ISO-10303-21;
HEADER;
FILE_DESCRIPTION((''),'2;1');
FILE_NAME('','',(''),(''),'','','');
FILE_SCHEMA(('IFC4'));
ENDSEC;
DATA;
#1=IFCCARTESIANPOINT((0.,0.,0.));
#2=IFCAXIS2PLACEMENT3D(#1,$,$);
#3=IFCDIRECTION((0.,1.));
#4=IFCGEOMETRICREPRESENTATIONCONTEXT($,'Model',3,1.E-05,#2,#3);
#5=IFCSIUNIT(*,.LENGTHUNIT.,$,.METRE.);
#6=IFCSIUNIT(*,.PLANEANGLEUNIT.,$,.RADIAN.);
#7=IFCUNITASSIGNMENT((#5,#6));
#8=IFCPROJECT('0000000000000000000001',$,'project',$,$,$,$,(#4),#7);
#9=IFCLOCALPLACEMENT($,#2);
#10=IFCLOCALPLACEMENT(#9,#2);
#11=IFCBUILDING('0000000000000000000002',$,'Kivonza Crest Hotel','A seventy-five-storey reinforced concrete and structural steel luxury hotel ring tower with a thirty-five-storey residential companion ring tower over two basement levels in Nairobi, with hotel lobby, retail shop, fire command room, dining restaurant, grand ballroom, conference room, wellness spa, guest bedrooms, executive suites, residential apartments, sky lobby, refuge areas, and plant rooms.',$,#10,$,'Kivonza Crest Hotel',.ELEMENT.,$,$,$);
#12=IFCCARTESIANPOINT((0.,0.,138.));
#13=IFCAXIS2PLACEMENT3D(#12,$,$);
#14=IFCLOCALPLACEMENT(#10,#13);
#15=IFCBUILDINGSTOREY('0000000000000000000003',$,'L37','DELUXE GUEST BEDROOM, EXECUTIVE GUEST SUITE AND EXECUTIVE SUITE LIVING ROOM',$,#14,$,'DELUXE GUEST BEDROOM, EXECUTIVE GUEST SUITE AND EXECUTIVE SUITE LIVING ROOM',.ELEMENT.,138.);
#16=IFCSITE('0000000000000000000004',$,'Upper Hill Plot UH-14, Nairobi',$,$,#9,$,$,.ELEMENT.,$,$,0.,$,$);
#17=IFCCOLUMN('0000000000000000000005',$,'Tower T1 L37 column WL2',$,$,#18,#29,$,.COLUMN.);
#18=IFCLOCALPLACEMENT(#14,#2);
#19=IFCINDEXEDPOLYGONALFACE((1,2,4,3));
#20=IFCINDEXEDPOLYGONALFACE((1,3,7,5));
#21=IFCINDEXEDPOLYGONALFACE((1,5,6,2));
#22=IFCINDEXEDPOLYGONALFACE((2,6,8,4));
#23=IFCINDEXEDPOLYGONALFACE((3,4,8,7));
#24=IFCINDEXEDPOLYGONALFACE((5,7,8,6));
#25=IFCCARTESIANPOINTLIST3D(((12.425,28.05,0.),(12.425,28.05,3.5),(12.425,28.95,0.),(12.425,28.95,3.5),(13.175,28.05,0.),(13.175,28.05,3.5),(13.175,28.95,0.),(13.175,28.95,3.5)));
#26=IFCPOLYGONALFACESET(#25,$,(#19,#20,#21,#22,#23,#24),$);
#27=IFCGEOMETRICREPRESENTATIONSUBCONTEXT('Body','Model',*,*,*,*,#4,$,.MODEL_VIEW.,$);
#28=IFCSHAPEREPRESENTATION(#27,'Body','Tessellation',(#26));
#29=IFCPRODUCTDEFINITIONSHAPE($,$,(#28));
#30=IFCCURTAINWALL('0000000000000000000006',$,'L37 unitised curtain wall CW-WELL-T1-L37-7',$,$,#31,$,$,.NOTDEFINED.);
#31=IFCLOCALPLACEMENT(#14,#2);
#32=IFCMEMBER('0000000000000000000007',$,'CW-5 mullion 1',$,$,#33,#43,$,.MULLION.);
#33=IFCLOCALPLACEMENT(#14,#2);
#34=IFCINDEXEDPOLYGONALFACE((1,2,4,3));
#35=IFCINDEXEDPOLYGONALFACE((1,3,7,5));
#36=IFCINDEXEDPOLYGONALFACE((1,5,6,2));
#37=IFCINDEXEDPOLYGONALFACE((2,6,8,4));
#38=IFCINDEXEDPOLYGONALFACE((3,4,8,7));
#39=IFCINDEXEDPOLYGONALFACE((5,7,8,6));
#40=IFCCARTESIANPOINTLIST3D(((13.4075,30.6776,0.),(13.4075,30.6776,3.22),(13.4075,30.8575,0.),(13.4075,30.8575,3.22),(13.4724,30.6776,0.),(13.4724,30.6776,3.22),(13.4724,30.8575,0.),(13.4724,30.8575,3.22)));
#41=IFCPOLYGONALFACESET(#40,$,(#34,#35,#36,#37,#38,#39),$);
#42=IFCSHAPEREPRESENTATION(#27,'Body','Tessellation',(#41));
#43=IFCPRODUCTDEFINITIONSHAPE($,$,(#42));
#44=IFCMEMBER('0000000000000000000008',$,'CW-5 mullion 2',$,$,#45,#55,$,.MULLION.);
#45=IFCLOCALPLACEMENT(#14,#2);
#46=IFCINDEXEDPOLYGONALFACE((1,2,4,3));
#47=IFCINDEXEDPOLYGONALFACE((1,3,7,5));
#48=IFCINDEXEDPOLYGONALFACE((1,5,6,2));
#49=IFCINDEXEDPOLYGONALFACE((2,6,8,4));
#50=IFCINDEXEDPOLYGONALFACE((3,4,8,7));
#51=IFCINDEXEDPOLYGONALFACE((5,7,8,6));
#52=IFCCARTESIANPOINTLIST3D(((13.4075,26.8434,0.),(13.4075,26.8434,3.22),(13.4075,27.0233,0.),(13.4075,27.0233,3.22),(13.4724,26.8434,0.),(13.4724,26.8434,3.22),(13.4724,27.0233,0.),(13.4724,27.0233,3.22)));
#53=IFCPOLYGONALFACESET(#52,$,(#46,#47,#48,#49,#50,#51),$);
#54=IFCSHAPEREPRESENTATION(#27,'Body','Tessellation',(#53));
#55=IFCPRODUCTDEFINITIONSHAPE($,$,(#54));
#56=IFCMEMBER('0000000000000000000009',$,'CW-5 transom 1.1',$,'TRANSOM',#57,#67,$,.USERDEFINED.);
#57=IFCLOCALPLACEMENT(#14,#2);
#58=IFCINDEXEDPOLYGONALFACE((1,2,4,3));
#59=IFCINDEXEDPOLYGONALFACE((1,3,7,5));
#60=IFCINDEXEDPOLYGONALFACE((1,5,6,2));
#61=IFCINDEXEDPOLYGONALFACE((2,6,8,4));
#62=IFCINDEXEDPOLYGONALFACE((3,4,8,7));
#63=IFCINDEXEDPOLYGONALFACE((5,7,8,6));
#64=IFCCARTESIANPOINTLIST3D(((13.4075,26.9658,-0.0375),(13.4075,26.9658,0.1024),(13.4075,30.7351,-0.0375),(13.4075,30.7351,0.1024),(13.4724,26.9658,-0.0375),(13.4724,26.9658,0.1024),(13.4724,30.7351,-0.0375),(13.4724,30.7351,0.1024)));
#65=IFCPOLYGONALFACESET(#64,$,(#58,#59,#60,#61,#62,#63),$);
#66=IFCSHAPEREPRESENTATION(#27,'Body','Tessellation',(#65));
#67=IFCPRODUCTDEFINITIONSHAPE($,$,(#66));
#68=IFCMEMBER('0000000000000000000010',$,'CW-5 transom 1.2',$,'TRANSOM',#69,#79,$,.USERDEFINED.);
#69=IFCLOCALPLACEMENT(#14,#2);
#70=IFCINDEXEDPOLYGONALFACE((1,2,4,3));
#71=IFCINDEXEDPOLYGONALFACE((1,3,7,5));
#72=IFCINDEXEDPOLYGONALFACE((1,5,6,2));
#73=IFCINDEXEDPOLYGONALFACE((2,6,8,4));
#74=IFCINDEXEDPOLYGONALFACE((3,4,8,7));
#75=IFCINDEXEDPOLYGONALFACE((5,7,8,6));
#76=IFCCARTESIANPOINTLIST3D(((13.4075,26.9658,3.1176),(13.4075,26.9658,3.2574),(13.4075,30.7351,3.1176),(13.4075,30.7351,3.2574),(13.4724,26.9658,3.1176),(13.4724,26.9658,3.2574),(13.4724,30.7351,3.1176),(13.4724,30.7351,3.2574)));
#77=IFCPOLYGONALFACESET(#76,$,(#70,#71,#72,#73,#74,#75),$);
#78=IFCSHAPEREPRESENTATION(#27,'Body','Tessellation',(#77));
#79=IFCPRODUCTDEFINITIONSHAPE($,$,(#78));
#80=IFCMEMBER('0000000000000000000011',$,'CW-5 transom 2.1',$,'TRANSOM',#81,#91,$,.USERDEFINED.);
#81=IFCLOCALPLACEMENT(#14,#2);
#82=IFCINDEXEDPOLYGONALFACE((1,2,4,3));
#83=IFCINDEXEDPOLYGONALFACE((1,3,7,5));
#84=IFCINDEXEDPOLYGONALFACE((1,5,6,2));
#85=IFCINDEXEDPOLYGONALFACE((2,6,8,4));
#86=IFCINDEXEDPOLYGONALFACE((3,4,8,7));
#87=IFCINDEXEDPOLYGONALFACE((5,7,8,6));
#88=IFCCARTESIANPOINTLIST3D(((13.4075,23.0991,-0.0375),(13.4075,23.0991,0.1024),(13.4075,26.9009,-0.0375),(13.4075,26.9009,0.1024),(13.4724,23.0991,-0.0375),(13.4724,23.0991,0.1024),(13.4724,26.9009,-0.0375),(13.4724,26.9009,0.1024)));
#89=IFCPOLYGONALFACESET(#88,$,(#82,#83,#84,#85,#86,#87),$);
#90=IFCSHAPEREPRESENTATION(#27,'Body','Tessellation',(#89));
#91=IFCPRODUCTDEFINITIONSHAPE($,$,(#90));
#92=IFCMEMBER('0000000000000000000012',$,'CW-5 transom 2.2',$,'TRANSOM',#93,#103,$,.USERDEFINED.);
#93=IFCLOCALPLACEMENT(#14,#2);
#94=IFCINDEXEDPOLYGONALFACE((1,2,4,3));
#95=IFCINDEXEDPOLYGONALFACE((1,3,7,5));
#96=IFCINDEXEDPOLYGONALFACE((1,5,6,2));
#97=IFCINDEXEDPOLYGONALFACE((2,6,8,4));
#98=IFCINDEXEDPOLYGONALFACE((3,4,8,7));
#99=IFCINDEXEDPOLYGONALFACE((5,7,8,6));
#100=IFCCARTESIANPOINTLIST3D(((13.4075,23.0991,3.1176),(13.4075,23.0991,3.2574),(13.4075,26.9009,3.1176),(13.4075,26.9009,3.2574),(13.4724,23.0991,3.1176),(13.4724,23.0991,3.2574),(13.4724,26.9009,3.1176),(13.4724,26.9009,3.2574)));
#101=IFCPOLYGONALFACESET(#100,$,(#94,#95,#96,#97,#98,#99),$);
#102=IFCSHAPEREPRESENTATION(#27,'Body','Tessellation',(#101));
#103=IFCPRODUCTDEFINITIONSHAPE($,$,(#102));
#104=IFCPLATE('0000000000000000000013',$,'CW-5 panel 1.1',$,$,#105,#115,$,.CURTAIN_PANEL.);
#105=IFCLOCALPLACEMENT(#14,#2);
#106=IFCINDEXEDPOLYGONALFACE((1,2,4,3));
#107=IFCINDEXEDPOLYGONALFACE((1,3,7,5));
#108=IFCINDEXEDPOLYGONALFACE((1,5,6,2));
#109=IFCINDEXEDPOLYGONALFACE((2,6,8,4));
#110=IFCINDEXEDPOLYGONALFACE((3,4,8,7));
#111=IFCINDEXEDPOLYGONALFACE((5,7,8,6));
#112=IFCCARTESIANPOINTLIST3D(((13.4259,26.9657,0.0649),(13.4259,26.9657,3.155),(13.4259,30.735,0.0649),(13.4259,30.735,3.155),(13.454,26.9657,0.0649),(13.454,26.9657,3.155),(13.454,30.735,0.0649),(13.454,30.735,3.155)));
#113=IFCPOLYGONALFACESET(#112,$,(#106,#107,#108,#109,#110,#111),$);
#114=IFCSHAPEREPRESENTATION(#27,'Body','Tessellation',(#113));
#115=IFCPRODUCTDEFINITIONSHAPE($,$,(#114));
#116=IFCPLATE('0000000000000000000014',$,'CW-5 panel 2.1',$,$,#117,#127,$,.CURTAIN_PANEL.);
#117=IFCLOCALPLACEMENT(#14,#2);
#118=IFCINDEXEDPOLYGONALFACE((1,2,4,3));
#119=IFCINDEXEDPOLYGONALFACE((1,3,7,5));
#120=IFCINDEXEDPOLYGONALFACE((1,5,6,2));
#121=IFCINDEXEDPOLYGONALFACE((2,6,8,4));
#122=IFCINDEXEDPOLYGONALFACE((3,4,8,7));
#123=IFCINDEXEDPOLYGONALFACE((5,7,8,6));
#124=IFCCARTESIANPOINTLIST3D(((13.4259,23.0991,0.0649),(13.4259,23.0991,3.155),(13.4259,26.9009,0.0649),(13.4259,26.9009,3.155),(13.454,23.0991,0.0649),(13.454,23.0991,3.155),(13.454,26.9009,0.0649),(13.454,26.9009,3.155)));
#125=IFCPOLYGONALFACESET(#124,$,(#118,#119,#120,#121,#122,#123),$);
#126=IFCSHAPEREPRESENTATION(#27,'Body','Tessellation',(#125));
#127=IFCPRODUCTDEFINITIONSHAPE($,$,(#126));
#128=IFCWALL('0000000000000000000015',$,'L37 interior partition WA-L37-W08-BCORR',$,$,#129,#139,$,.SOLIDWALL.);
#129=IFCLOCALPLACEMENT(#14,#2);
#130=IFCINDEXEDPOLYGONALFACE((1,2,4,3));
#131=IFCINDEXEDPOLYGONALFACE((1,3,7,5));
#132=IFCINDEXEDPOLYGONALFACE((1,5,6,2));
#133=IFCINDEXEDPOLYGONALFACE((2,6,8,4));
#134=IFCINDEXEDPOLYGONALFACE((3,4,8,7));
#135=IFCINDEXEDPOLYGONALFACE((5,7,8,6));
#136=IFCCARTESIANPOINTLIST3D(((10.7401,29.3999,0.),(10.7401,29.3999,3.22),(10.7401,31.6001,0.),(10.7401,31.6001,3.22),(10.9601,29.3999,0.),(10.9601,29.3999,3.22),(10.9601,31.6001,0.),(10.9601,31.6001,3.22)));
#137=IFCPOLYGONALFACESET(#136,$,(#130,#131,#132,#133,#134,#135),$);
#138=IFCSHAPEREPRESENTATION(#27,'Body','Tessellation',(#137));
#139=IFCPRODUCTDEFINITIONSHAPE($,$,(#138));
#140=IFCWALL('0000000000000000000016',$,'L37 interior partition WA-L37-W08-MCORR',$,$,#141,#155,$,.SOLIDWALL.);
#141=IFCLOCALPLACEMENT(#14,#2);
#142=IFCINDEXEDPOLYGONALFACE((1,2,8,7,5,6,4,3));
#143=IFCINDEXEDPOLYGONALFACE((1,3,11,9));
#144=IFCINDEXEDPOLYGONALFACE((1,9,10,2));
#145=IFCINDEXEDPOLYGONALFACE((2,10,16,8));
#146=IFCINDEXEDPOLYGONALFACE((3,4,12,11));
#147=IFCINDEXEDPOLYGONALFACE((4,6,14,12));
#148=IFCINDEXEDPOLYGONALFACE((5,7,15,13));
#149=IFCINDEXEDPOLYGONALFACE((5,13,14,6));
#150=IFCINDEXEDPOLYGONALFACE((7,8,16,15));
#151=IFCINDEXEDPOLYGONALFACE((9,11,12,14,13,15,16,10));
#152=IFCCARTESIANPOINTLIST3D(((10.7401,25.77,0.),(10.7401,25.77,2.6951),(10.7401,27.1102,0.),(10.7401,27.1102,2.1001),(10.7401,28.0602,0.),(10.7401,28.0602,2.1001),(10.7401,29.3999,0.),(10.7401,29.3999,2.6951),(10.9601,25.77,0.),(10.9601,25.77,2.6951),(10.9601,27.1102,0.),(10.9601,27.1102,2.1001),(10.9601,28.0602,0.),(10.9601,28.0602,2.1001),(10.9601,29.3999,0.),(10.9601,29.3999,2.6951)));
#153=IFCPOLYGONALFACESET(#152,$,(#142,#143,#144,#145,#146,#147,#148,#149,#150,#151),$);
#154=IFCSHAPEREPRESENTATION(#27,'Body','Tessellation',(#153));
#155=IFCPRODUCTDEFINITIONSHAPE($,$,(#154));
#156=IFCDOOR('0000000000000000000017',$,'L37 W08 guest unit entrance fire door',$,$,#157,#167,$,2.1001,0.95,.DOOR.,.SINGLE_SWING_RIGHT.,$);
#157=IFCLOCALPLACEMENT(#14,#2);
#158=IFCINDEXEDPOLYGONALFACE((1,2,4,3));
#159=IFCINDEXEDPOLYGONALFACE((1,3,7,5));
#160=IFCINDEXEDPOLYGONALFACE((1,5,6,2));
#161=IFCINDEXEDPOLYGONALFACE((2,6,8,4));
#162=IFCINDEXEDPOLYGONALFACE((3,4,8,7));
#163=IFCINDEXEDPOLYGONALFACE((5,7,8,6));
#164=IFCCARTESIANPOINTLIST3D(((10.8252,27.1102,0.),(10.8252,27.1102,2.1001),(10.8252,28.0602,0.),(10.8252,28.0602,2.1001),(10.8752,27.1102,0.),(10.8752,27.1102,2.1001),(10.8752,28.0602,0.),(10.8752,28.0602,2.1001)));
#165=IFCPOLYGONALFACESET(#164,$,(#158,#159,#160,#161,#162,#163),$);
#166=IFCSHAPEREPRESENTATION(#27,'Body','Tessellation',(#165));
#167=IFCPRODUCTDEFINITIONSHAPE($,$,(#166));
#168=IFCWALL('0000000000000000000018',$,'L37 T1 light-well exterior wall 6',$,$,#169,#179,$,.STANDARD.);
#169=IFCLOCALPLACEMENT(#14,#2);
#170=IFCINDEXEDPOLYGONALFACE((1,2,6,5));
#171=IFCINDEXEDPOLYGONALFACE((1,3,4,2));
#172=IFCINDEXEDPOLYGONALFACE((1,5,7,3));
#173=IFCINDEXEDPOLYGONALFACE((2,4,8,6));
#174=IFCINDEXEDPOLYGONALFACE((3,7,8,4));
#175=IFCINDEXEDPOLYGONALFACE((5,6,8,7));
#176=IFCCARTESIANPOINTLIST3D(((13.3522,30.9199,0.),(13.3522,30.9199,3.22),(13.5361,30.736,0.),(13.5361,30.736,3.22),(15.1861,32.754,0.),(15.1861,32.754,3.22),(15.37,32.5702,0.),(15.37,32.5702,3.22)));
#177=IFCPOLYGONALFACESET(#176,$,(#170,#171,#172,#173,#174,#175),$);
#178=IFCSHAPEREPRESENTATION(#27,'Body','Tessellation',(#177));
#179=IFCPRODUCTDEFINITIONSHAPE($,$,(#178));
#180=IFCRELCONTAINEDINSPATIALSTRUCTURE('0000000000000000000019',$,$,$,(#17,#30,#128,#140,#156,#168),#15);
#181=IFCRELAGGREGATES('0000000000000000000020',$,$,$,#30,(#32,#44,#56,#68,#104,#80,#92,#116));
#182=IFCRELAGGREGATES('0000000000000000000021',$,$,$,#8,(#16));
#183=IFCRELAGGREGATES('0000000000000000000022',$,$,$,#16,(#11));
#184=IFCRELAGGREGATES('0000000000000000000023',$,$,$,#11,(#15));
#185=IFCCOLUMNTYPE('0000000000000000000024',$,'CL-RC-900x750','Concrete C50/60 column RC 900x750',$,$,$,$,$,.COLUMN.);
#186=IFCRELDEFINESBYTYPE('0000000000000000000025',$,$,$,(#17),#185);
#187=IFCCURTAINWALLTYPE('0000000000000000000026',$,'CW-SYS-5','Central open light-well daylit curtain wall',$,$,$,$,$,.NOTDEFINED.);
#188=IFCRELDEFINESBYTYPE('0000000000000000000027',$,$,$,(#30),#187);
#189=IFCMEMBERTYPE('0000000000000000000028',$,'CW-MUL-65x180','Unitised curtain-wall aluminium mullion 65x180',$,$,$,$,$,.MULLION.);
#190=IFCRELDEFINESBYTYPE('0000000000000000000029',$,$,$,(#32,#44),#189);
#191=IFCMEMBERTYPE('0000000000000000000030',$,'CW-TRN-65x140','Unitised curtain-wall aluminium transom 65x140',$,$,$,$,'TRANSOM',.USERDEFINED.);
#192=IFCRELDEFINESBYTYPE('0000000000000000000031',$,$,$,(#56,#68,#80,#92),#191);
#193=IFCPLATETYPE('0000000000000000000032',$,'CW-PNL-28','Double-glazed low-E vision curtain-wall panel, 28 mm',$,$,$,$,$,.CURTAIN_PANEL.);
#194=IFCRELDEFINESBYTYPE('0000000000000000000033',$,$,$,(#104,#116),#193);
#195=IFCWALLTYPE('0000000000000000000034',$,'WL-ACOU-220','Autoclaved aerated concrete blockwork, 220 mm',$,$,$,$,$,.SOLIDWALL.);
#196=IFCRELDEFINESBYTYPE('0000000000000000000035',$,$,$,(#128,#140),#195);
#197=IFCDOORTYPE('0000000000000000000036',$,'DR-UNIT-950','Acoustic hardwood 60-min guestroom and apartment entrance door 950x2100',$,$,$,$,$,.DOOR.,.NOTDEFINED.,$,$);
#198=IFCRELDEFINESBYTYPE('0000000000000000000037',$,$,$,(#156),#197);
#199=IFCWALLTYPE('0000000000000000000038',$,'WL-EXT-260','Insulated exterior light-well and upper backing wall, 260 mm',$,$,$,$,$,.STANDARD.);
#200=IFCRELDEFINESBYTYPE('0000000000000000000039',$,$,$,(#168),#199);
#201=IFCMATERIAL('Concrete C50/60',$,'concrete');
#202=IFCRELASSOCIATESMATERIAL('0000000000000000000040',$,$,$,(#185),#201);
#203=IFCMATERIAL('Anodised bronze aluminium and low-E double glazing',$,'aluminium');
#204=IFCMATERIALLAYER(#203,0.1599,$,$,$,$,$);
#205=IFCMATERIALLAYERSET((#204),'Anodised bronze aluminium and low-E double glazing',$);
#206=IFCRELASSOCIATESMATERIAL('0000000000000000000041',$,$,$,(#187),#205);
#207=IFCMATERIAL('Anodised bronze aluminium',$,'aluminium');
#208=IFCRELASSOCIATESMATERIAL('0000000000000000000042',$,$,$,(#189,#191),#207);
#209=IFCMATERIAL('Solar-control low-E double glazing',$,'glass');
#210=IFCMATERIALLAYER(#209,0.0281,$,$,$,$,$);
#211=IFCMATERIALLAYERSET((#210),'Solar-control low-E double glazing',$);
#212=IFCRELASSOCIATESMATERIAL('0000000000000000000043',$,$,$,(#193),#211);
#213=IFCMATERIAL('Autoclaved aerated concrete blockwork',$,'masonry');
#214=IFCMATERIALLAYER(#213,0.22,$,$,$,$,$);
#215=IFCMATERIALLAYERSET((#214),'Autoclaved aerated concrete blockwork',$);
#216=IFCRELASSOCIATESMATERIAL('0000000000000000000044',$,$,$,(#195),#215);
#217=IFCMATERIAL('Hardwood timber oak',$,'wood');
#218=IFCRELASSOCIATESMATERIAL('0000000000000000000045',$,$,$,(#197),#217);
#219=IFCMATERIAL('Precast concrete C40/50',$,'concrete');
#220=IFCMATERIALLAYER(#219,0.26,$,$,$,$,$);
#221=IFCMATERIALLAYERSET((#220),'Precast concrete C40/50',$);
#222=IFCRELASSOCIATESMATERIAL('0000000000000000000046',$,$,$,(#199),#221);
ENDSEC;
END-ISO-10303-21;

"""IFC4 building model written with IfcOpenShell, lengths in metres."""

from ifc_helpers import new_model, si_unit, direction, frame, frame_2d, origin, origin_2d, place, context, subcontext, project, spatial, rectangle, extrude, material, layer, layer_set, material_profile, profile_set, type_object, element, fill, aggregate, save


model = new_model("IFC4")

# Units and contexts
model_context = context("Model", 3, precision=1e-05, world=origin(), true_north=direction((0.0, 1.0)))
body_context = subcontext(model_context, "Body", "Model", "MODEL_VIEW")
ifc_project = project(units=[si_unit("LENGTHUNIT", "METRE"), si_unit("PLANEANGLEUNIT", "RADIAN")], contexts=[model_context])

# Site, building, storey
site_placement = place(None, origin())
site = spatial("IfcSite", under=ifc_project, at=site_placement, Name="Upper Hill Plot UH-14, Nairobi", CompositionType="ELEMENT", RefElevation=0.0)
building_placement = place(site_placement, origin())
building = spatial("IfcBuilding", under=site, at=building_placement, Name="Kivonza Crest Hotel", Description="A seventy-five-storey reinforced concrete and structural steel luxury hotel ring tower with a thirty-five-storey residential companion ring tower over two basement levels in Nairobi, with hotel lobby, retail shop, fire command room, dining restaurant, grand ballroom, conference room, wellness spa, guest bedrooms, executive suites, residential apartments, sky lobby, refuge areas, and plant rooms.", LongName="Kivonza Crest Hotel", CompositionType="ELEMENT")
storey_placement = place(building_placement, frame((0.0, 0.0, 138.0)))
storey = spatial("IfcBuildingStorey", under=building, at=storey_placement, Name="L37", Description="DELUXE GUEST BEDROOM, EXECUTIVE GUEST SUITE AND EXECUTIVE SUITE LIVING ROOM", LongName="DELUXE GUEST BEDROOM, EXECUTIVE GUEST SUITE AND EXECUTIVE SUITE LIVING ROOM", CompositionType="ELEMENT", Elevation=138.0)

# Column
ifc_material_1 = material(Name="Concrete C50/60", Category="concrete")
ifc_material_profile_1 = material_profile(ifc_material_1, rectangle(XDim=0.75, YDim=0.8999, at=origin_2d()), Name="RC 900x750")
ifc_profile_set_1 = profile_set([ifc_material_profile_1], Name="Concrete C50/60")
column_type = type_object("IfcColumnType", Name="CL-RC-900x750", Description="Concrete C50/60 column RC 900x750", PredefinedType="COLUMN", material=ifc_profile_set_1)
column_placement = place(storey_placement, frame((12.8, 28.5, 0.0), z_axis=(0.0, 0.0, 1.0), x_axis=(1.0, 0.0, 0.0)))
element("IfcColumn", 1, at=column_placement, inside=storey, type_object=column_type, Name="Tower T1 L37 column WL2", PredefinedType="COLUMN", context=body_context, shape_type="SweptSolid", body=[
    extrude(rectangle(XDim=0.75, YDim=0.8999, at=origin_2d()), origin(), (0.0, 0.0, 1.0), 3.5),
])

# Curtain wall, members, plates
ifc_material_2 = material(Name="Anodised bronze aluminium and low-E double glazing", Category="aluminium")
ifc_layer_1 = layer(ifc_material_2, 0.1599)
ifc_layer_set_1 = layer_set([ifc_layer_1], Name="Anodised bronze aluminium and low-E double glazing")
curtain_wall_type = type_object("IfcCurtainWallType", Name="CW-SYS-5", Description="Central open light-well daylit curtain wall", PredefinedType="NOTDEFINED", material=ifc_layer_set_1)
curtain_wall_placement = place(storey_placement, origin())
curtain_wall = element("IfcCurtainWall", 2, at=curtain_wall_placement, inside=storey, type_object=curtain_wall_type, Name="L37 unitised curtain wall CW-WELL-T1-L37-7", PredefinedType="NOTDEFINED")
ifc_material_3 = material(Name="Anodised bronze aluminium", Category="aluminium")
ifc_material_profile_2 = material_profile(ifc_material_3, rectangle(XDim=0.0649, YDim=0.1799, at=origin_2d()), Name="CW-M 65x180")
ifc_profile_set_2 = profile_set([ifc_material_profile_2], Name="Anodised bronze aluminium")
member_type_1 = type_object("IfcMemberType", Name="CW-MUL-65x180", Description="Unitised curtain-wall aluminium mullion 65x180", PredefinedType="MULLION", material=ifc_profile_set_2)
member_1_placement = place(storey_placement, frame((13.4399, 30.7676, 0.0), z_axis=(0.0, 0.0, 1.0), x_axis=(1.0, 0.0, 0.0)))
member_1 = element("IfcMember", 3, at=member_1_placement, type_object=member_type_1, Name="CW-5 mullion 1", PredefinedType="MULLION", context=body_context, shape_type="SweptSolid", body=[
    extrude(rectangle(XDim=0.0649, YDim=0.1799, at=origin_2d()), origin(), (0.0, 0.0, 1.0), 3.22),
])
member_2_placement = place(storey_placement, frame((13.4399, 26.9333, 0.0), z_axis=(0.0, 0.0, 1.0), x_axis=(1.0, 0.0, 0.0)))
member_2 = element("IfcMember", 4, at=member_2_placement, type_object=member_type_1, Name="CW-5 mullion 2", PredefinedType="MULLION", context=body_context, shape_type="SweptSolid", body=[
    extrude(rectangle(XDim=0.0649, YDim=0.1799, at=origin_2d()), origin(), (0.0, 0.0, 1.0), 3.22),
])
ifc_material_profile_3 = material_profile(ifc_material_3, rectangle(XDim=0.0649, YDim=0.1399, at=origin_2d()), Name="CW-T 65x140")
ifc_profile_set_3 = profile_set([ifc_material_profile_3], Name="Anodised bronze aluminium")
member_type_2 = type_object("IfcMemberType", Name="CW-TRN-65x140", Description="Unitised curtain-wall aluminium transom 65x140", ElementType="TRANSOM", PredefinedType="USERDEFINED", material=ifc_profile_set_3)
member_3_placement = place(storey_placement, frame((13.4399, 30.7351, 0.0325), z_axis=(0.0, -1.0, 0.0), x_axis=(1.0, 0.0, 0.0)))
member_3 = element("IfcMember", 5, at=member_3_placement, type_object=member_type_2, Name="CW-5 transom 1.1", ObjectType="TRANSOM", PredefinedType="USERDEFINED", context=body_context, shape_type="SweptSolid", body=[
    extrude(rectangle(XDim=0.0649, YDim=0.1399, at=origin_2d()), origin(), (0.0, 0.0, 1.0), 3.7693),
])
member_4_placement = place(storey_placement, frame((13.4399, 30.7351, 3.1875), z_axis=(0.0, -1.0, 0.0), x_axis=(1.0, 0.0, 0.0)))
member_4 = element("IfcMember", 6, at=member_4_placement, type_object=member_type_2, Name="CW-5 transom 1.2", ObjectType="TRANSOM", PredefinedType="USERDEFINED", context=body_context, shape_type="SweptSolid", body=[
    extrude(rectangle(XDim=0.0649, YDim=0.1399, at=origin_2d()), origin(), (0.0, 0.0, 1.0), 3.7693),
])
member_5_placement = place(storey_placement, frame((13.4399, 26.9009, 0.0325), z_axis=(0.0, -1.0, 0.0), x_axis=(1.0, 0.0, 0.0)))
member_5 = element("IfcMember", 7, at=member_5_placement, type_object=member_type_2, Name="CW-5 transom 2.1", ObjectType="TRANSOM", PredefinedType="USERDEFINED", context=body_context, shape_type="SweptSolid", body=[
    extrude(rectangle(XDim=0.0649, YDim=0.1399, at=origin_2d()), origin(), (0.0, 0.0, 1.0), 3.8018),
])
member_6_placement = place(storey_placement, frame((13.4399, 26.9009, 3.1875), z_axis=(0.0, -1.0, 0.0), x_axis=(1.0, 0.0, 0.0)))
member_6 = element("IfcMember", 8, at=member_6_placement, type_object=member_type_2, Name="CW-5 transom 2.2", ObjectType="TRANSOM", PredefinedType="USERDEFINED", context=body_context, shape_type="SweptSolid", body=[
    extrude(rectangle(XDim=0.0649, YDim=0.1399, at=origin_2d()), origin(), (0.0, 0.0, 1.0), 3.8018),
])
ifc_material_4 = material(Name="Solar-control low-E double glazing", Category="glass")
ifc_layer_2 = layer(ifc_material_4, 0.0281)
ifc_layer_set_2 = layer_set([ifc_layer_2], Name="Solar-control low-E double glazing")
plate_type = type_object("IfcPlateType", Name="CW-PNL-28", Description="Double-glazed low-E vision curtain-wall panel, 28 mm", PredefinedType="CURTAIN_PANEL", material=ifc_layer_set_2)
plate_1_placement = place(storey_placement, frame((13.4399, 28.8503, 0.0649), z_axis=(0.0, 0.0, 1.0), x_axis=(0.0, -1.0, 0.0)))
plate_1 = element("IfcPlate", 9, at=plate_1_placement, type_object=plate_type, Name="CW-5 panel 1.1", PredefinedType="CURTAIN_PANEL", context=body_context, shape_type="SweptSolid", body=[
    extrude(rectangle(XDim=3.7693, YDim=0.0281, at=origin_2d()), origin(), (0.0, 0.0, 1.0), 3.0901),
])
plate_2_placement = place(storey_placement, frame((13.4399, 25.0, 0.0649), z_axis=(0.0, 0.0, 1.0), x_axis=(0.0, -1.0, 0.0)))
plate_2 = element("IfcPlate", 10, at=plate_2_placement, type_object=plate_type, Name="CW-5 panel 2.1", PredefinedType="CURTAIN_PANEL", context=body_context, shape_type="SweptSolid", body=[
    extrude(rectangle(XDim=3.8018, YDim=0.0281, at=origin_2d()), origin(), (0.0, 0.0, 1.0), 3.0901),
])
aggregate(curtain_wall, [member_1, member_2, member_3, member_4, plate_1, member_5, member_6, plate_2])

# Wall
ifc_material_5 = material(Name="Autoclaved aerated concrete blockwork", Category="masonry")
ifc_layer_3 = layer(ifc_material_5, 0.22)
ifc_layer_set_3 = layer_set([ifc_layer_3], Name="Autoclaved aerated concrete blockwork")
wall_type_1 = type_object("IfcWallType", Name="WL-ACOU-220", Description="Autoclaved aerated concrete blockwork, 220 mm", PredefinedType="SOLIDWALL", material=ifc_layer_set_3)
wall_1_placement = place(storey_placement, frame((10.8501, 29.3999, 0.0), z_axis=(0.0, 0.0, 1.0), x_axis=(0.0, 1.0, 0.0)))
element("IfcWall", 11, at=wall_1_placement, inside=storey, type_object=wall_type_1, Name="L37 interior partition WA-L37-W08-BCORR", PredefinedType="SOLIDWALL", context=body_context, shape_type="SweptSolid", body=[
    extrude(rectangle(XDim=2.2002, YDim=0.22, at=frame_2d((1.1001, 0.0))), origin(), (0.0, 0.0, 1.0), 3.22),
])

# Wall, opening, door
wall_2_placement = place(storey_placement, frame((10.8501, 25.77, 0.0), z_axis=(0.0, 0.0, 1.0), x_axis=(0.0, 1.0, 0.0)))
wall_2 = element("IfcWall", 12, at=wall_2_placement, inside=storey, type_object=wall_type_1, Name="L37 interior partition WA-L37-W08-MCORR", PredefinedType="SOLIDWALL", context=body_context, shape_type="SweptSolid", body=[
    extrude(rectangle(XDim=3.6299, YDim=0.22, at=frame_2d((1.8149, 0.0))), origin(), (0.0, 0.0, 1.0), 2.6951),
])
opening_1_placement = place(wall_2_placement, frame((1.3401, 0.0, 0.0)))
opening_1 = element("IfcOpeningElement", 13, at=opening_1_placement, cuts=wall_2, PredefinedType="OPENING", context=body_context, shape_type="SweptSolid", body=[
    extrude(rectangle(XDim=0.95, YDim=2.1001, at=frame_2d((0.4751, 1.05))), frame((0.0, 0.1201, 0.0), z_axis=(0.0, -1.0, 0.0), x_axis=(1.0, 0.0, 0.0)), (0.0, 0.0, 1.0), 0.24),
])
ifc_material_6 = material(Name="Hardwood timber oak", Category="wood")
door_type_1 = type_object("IfcDoorType", Name="DR-UNIT-950", Description="Acoustic hardwood 60-min guestroom and apartment entrance door 950x2100", OperationType="NOTDEFINED", PredefinedType="DOOR", material=ifc_material_6)
door_1_placement = place(opening_1_placement, origin())
door_1 = element("IfcDoor", 14, at=door_1_placement, inside=storey, type_object=door_type_1, Name="L37 W08 guest unit entrance fire door", OperationType="SINGLE_SWING_RIGHT", OverallHeight=2.1001, OverallWidth=0.95, PredefinedType="DOOR", context=body_context, shape_type="SweptSolid", body=[
    extrude(rectangle(XDim=0.95, YDim=2.1001, at=frame_2d((0.4751, 1.05))), frame((0.0, 0.0249, 0.0), z_axis=(0.0, -1.0, 0.0), x_axis=(1.0, 0.0, 0.0)), (0.0, 0.0, 1.0), 0.05),
])
fill(opening_1, door_1)

# Wall
ifc_material_7 = material(Name="Precast concrete C40/50", Category="concrete")
ifc_layer_4 = layer(ifc_material_7, 0.26)
ifc_layer_set_4 = layer_set([ifc_layer_4], Name="Precast concrete C40/50")
wall_type_2 = type_object("IfcWallType", Name="WL-EXT-260", Description="Insulated exterior light-well and upper backing wall, 260 mm", PredefinedType="STANDARD", material=ifc_layer_set_4)
wall_3_placement = place(storey_placement, frame((15.2781, 32.6621, 0.0), z_axis=(0.0, 0.0, 1.0), x_axis=(-0.70706, -0.707154, 0.0)))
element("IfcWall", 15, at=wall_3_placement, inside=storey, type_object=wall_type_2, Name="L37 T1 light-well exterior wall 6", PredefinedType="STANDARD", context=body_context, shape_type="SweptSolid", body=[
    extrude(rectangle(XDim=2.5938, YDim=0.26, at=frame_2d((1.2969, 0.0))), origin(), (0.0, 0.0, 1.0), 3.22),
])

save(model, "model.ifc")
